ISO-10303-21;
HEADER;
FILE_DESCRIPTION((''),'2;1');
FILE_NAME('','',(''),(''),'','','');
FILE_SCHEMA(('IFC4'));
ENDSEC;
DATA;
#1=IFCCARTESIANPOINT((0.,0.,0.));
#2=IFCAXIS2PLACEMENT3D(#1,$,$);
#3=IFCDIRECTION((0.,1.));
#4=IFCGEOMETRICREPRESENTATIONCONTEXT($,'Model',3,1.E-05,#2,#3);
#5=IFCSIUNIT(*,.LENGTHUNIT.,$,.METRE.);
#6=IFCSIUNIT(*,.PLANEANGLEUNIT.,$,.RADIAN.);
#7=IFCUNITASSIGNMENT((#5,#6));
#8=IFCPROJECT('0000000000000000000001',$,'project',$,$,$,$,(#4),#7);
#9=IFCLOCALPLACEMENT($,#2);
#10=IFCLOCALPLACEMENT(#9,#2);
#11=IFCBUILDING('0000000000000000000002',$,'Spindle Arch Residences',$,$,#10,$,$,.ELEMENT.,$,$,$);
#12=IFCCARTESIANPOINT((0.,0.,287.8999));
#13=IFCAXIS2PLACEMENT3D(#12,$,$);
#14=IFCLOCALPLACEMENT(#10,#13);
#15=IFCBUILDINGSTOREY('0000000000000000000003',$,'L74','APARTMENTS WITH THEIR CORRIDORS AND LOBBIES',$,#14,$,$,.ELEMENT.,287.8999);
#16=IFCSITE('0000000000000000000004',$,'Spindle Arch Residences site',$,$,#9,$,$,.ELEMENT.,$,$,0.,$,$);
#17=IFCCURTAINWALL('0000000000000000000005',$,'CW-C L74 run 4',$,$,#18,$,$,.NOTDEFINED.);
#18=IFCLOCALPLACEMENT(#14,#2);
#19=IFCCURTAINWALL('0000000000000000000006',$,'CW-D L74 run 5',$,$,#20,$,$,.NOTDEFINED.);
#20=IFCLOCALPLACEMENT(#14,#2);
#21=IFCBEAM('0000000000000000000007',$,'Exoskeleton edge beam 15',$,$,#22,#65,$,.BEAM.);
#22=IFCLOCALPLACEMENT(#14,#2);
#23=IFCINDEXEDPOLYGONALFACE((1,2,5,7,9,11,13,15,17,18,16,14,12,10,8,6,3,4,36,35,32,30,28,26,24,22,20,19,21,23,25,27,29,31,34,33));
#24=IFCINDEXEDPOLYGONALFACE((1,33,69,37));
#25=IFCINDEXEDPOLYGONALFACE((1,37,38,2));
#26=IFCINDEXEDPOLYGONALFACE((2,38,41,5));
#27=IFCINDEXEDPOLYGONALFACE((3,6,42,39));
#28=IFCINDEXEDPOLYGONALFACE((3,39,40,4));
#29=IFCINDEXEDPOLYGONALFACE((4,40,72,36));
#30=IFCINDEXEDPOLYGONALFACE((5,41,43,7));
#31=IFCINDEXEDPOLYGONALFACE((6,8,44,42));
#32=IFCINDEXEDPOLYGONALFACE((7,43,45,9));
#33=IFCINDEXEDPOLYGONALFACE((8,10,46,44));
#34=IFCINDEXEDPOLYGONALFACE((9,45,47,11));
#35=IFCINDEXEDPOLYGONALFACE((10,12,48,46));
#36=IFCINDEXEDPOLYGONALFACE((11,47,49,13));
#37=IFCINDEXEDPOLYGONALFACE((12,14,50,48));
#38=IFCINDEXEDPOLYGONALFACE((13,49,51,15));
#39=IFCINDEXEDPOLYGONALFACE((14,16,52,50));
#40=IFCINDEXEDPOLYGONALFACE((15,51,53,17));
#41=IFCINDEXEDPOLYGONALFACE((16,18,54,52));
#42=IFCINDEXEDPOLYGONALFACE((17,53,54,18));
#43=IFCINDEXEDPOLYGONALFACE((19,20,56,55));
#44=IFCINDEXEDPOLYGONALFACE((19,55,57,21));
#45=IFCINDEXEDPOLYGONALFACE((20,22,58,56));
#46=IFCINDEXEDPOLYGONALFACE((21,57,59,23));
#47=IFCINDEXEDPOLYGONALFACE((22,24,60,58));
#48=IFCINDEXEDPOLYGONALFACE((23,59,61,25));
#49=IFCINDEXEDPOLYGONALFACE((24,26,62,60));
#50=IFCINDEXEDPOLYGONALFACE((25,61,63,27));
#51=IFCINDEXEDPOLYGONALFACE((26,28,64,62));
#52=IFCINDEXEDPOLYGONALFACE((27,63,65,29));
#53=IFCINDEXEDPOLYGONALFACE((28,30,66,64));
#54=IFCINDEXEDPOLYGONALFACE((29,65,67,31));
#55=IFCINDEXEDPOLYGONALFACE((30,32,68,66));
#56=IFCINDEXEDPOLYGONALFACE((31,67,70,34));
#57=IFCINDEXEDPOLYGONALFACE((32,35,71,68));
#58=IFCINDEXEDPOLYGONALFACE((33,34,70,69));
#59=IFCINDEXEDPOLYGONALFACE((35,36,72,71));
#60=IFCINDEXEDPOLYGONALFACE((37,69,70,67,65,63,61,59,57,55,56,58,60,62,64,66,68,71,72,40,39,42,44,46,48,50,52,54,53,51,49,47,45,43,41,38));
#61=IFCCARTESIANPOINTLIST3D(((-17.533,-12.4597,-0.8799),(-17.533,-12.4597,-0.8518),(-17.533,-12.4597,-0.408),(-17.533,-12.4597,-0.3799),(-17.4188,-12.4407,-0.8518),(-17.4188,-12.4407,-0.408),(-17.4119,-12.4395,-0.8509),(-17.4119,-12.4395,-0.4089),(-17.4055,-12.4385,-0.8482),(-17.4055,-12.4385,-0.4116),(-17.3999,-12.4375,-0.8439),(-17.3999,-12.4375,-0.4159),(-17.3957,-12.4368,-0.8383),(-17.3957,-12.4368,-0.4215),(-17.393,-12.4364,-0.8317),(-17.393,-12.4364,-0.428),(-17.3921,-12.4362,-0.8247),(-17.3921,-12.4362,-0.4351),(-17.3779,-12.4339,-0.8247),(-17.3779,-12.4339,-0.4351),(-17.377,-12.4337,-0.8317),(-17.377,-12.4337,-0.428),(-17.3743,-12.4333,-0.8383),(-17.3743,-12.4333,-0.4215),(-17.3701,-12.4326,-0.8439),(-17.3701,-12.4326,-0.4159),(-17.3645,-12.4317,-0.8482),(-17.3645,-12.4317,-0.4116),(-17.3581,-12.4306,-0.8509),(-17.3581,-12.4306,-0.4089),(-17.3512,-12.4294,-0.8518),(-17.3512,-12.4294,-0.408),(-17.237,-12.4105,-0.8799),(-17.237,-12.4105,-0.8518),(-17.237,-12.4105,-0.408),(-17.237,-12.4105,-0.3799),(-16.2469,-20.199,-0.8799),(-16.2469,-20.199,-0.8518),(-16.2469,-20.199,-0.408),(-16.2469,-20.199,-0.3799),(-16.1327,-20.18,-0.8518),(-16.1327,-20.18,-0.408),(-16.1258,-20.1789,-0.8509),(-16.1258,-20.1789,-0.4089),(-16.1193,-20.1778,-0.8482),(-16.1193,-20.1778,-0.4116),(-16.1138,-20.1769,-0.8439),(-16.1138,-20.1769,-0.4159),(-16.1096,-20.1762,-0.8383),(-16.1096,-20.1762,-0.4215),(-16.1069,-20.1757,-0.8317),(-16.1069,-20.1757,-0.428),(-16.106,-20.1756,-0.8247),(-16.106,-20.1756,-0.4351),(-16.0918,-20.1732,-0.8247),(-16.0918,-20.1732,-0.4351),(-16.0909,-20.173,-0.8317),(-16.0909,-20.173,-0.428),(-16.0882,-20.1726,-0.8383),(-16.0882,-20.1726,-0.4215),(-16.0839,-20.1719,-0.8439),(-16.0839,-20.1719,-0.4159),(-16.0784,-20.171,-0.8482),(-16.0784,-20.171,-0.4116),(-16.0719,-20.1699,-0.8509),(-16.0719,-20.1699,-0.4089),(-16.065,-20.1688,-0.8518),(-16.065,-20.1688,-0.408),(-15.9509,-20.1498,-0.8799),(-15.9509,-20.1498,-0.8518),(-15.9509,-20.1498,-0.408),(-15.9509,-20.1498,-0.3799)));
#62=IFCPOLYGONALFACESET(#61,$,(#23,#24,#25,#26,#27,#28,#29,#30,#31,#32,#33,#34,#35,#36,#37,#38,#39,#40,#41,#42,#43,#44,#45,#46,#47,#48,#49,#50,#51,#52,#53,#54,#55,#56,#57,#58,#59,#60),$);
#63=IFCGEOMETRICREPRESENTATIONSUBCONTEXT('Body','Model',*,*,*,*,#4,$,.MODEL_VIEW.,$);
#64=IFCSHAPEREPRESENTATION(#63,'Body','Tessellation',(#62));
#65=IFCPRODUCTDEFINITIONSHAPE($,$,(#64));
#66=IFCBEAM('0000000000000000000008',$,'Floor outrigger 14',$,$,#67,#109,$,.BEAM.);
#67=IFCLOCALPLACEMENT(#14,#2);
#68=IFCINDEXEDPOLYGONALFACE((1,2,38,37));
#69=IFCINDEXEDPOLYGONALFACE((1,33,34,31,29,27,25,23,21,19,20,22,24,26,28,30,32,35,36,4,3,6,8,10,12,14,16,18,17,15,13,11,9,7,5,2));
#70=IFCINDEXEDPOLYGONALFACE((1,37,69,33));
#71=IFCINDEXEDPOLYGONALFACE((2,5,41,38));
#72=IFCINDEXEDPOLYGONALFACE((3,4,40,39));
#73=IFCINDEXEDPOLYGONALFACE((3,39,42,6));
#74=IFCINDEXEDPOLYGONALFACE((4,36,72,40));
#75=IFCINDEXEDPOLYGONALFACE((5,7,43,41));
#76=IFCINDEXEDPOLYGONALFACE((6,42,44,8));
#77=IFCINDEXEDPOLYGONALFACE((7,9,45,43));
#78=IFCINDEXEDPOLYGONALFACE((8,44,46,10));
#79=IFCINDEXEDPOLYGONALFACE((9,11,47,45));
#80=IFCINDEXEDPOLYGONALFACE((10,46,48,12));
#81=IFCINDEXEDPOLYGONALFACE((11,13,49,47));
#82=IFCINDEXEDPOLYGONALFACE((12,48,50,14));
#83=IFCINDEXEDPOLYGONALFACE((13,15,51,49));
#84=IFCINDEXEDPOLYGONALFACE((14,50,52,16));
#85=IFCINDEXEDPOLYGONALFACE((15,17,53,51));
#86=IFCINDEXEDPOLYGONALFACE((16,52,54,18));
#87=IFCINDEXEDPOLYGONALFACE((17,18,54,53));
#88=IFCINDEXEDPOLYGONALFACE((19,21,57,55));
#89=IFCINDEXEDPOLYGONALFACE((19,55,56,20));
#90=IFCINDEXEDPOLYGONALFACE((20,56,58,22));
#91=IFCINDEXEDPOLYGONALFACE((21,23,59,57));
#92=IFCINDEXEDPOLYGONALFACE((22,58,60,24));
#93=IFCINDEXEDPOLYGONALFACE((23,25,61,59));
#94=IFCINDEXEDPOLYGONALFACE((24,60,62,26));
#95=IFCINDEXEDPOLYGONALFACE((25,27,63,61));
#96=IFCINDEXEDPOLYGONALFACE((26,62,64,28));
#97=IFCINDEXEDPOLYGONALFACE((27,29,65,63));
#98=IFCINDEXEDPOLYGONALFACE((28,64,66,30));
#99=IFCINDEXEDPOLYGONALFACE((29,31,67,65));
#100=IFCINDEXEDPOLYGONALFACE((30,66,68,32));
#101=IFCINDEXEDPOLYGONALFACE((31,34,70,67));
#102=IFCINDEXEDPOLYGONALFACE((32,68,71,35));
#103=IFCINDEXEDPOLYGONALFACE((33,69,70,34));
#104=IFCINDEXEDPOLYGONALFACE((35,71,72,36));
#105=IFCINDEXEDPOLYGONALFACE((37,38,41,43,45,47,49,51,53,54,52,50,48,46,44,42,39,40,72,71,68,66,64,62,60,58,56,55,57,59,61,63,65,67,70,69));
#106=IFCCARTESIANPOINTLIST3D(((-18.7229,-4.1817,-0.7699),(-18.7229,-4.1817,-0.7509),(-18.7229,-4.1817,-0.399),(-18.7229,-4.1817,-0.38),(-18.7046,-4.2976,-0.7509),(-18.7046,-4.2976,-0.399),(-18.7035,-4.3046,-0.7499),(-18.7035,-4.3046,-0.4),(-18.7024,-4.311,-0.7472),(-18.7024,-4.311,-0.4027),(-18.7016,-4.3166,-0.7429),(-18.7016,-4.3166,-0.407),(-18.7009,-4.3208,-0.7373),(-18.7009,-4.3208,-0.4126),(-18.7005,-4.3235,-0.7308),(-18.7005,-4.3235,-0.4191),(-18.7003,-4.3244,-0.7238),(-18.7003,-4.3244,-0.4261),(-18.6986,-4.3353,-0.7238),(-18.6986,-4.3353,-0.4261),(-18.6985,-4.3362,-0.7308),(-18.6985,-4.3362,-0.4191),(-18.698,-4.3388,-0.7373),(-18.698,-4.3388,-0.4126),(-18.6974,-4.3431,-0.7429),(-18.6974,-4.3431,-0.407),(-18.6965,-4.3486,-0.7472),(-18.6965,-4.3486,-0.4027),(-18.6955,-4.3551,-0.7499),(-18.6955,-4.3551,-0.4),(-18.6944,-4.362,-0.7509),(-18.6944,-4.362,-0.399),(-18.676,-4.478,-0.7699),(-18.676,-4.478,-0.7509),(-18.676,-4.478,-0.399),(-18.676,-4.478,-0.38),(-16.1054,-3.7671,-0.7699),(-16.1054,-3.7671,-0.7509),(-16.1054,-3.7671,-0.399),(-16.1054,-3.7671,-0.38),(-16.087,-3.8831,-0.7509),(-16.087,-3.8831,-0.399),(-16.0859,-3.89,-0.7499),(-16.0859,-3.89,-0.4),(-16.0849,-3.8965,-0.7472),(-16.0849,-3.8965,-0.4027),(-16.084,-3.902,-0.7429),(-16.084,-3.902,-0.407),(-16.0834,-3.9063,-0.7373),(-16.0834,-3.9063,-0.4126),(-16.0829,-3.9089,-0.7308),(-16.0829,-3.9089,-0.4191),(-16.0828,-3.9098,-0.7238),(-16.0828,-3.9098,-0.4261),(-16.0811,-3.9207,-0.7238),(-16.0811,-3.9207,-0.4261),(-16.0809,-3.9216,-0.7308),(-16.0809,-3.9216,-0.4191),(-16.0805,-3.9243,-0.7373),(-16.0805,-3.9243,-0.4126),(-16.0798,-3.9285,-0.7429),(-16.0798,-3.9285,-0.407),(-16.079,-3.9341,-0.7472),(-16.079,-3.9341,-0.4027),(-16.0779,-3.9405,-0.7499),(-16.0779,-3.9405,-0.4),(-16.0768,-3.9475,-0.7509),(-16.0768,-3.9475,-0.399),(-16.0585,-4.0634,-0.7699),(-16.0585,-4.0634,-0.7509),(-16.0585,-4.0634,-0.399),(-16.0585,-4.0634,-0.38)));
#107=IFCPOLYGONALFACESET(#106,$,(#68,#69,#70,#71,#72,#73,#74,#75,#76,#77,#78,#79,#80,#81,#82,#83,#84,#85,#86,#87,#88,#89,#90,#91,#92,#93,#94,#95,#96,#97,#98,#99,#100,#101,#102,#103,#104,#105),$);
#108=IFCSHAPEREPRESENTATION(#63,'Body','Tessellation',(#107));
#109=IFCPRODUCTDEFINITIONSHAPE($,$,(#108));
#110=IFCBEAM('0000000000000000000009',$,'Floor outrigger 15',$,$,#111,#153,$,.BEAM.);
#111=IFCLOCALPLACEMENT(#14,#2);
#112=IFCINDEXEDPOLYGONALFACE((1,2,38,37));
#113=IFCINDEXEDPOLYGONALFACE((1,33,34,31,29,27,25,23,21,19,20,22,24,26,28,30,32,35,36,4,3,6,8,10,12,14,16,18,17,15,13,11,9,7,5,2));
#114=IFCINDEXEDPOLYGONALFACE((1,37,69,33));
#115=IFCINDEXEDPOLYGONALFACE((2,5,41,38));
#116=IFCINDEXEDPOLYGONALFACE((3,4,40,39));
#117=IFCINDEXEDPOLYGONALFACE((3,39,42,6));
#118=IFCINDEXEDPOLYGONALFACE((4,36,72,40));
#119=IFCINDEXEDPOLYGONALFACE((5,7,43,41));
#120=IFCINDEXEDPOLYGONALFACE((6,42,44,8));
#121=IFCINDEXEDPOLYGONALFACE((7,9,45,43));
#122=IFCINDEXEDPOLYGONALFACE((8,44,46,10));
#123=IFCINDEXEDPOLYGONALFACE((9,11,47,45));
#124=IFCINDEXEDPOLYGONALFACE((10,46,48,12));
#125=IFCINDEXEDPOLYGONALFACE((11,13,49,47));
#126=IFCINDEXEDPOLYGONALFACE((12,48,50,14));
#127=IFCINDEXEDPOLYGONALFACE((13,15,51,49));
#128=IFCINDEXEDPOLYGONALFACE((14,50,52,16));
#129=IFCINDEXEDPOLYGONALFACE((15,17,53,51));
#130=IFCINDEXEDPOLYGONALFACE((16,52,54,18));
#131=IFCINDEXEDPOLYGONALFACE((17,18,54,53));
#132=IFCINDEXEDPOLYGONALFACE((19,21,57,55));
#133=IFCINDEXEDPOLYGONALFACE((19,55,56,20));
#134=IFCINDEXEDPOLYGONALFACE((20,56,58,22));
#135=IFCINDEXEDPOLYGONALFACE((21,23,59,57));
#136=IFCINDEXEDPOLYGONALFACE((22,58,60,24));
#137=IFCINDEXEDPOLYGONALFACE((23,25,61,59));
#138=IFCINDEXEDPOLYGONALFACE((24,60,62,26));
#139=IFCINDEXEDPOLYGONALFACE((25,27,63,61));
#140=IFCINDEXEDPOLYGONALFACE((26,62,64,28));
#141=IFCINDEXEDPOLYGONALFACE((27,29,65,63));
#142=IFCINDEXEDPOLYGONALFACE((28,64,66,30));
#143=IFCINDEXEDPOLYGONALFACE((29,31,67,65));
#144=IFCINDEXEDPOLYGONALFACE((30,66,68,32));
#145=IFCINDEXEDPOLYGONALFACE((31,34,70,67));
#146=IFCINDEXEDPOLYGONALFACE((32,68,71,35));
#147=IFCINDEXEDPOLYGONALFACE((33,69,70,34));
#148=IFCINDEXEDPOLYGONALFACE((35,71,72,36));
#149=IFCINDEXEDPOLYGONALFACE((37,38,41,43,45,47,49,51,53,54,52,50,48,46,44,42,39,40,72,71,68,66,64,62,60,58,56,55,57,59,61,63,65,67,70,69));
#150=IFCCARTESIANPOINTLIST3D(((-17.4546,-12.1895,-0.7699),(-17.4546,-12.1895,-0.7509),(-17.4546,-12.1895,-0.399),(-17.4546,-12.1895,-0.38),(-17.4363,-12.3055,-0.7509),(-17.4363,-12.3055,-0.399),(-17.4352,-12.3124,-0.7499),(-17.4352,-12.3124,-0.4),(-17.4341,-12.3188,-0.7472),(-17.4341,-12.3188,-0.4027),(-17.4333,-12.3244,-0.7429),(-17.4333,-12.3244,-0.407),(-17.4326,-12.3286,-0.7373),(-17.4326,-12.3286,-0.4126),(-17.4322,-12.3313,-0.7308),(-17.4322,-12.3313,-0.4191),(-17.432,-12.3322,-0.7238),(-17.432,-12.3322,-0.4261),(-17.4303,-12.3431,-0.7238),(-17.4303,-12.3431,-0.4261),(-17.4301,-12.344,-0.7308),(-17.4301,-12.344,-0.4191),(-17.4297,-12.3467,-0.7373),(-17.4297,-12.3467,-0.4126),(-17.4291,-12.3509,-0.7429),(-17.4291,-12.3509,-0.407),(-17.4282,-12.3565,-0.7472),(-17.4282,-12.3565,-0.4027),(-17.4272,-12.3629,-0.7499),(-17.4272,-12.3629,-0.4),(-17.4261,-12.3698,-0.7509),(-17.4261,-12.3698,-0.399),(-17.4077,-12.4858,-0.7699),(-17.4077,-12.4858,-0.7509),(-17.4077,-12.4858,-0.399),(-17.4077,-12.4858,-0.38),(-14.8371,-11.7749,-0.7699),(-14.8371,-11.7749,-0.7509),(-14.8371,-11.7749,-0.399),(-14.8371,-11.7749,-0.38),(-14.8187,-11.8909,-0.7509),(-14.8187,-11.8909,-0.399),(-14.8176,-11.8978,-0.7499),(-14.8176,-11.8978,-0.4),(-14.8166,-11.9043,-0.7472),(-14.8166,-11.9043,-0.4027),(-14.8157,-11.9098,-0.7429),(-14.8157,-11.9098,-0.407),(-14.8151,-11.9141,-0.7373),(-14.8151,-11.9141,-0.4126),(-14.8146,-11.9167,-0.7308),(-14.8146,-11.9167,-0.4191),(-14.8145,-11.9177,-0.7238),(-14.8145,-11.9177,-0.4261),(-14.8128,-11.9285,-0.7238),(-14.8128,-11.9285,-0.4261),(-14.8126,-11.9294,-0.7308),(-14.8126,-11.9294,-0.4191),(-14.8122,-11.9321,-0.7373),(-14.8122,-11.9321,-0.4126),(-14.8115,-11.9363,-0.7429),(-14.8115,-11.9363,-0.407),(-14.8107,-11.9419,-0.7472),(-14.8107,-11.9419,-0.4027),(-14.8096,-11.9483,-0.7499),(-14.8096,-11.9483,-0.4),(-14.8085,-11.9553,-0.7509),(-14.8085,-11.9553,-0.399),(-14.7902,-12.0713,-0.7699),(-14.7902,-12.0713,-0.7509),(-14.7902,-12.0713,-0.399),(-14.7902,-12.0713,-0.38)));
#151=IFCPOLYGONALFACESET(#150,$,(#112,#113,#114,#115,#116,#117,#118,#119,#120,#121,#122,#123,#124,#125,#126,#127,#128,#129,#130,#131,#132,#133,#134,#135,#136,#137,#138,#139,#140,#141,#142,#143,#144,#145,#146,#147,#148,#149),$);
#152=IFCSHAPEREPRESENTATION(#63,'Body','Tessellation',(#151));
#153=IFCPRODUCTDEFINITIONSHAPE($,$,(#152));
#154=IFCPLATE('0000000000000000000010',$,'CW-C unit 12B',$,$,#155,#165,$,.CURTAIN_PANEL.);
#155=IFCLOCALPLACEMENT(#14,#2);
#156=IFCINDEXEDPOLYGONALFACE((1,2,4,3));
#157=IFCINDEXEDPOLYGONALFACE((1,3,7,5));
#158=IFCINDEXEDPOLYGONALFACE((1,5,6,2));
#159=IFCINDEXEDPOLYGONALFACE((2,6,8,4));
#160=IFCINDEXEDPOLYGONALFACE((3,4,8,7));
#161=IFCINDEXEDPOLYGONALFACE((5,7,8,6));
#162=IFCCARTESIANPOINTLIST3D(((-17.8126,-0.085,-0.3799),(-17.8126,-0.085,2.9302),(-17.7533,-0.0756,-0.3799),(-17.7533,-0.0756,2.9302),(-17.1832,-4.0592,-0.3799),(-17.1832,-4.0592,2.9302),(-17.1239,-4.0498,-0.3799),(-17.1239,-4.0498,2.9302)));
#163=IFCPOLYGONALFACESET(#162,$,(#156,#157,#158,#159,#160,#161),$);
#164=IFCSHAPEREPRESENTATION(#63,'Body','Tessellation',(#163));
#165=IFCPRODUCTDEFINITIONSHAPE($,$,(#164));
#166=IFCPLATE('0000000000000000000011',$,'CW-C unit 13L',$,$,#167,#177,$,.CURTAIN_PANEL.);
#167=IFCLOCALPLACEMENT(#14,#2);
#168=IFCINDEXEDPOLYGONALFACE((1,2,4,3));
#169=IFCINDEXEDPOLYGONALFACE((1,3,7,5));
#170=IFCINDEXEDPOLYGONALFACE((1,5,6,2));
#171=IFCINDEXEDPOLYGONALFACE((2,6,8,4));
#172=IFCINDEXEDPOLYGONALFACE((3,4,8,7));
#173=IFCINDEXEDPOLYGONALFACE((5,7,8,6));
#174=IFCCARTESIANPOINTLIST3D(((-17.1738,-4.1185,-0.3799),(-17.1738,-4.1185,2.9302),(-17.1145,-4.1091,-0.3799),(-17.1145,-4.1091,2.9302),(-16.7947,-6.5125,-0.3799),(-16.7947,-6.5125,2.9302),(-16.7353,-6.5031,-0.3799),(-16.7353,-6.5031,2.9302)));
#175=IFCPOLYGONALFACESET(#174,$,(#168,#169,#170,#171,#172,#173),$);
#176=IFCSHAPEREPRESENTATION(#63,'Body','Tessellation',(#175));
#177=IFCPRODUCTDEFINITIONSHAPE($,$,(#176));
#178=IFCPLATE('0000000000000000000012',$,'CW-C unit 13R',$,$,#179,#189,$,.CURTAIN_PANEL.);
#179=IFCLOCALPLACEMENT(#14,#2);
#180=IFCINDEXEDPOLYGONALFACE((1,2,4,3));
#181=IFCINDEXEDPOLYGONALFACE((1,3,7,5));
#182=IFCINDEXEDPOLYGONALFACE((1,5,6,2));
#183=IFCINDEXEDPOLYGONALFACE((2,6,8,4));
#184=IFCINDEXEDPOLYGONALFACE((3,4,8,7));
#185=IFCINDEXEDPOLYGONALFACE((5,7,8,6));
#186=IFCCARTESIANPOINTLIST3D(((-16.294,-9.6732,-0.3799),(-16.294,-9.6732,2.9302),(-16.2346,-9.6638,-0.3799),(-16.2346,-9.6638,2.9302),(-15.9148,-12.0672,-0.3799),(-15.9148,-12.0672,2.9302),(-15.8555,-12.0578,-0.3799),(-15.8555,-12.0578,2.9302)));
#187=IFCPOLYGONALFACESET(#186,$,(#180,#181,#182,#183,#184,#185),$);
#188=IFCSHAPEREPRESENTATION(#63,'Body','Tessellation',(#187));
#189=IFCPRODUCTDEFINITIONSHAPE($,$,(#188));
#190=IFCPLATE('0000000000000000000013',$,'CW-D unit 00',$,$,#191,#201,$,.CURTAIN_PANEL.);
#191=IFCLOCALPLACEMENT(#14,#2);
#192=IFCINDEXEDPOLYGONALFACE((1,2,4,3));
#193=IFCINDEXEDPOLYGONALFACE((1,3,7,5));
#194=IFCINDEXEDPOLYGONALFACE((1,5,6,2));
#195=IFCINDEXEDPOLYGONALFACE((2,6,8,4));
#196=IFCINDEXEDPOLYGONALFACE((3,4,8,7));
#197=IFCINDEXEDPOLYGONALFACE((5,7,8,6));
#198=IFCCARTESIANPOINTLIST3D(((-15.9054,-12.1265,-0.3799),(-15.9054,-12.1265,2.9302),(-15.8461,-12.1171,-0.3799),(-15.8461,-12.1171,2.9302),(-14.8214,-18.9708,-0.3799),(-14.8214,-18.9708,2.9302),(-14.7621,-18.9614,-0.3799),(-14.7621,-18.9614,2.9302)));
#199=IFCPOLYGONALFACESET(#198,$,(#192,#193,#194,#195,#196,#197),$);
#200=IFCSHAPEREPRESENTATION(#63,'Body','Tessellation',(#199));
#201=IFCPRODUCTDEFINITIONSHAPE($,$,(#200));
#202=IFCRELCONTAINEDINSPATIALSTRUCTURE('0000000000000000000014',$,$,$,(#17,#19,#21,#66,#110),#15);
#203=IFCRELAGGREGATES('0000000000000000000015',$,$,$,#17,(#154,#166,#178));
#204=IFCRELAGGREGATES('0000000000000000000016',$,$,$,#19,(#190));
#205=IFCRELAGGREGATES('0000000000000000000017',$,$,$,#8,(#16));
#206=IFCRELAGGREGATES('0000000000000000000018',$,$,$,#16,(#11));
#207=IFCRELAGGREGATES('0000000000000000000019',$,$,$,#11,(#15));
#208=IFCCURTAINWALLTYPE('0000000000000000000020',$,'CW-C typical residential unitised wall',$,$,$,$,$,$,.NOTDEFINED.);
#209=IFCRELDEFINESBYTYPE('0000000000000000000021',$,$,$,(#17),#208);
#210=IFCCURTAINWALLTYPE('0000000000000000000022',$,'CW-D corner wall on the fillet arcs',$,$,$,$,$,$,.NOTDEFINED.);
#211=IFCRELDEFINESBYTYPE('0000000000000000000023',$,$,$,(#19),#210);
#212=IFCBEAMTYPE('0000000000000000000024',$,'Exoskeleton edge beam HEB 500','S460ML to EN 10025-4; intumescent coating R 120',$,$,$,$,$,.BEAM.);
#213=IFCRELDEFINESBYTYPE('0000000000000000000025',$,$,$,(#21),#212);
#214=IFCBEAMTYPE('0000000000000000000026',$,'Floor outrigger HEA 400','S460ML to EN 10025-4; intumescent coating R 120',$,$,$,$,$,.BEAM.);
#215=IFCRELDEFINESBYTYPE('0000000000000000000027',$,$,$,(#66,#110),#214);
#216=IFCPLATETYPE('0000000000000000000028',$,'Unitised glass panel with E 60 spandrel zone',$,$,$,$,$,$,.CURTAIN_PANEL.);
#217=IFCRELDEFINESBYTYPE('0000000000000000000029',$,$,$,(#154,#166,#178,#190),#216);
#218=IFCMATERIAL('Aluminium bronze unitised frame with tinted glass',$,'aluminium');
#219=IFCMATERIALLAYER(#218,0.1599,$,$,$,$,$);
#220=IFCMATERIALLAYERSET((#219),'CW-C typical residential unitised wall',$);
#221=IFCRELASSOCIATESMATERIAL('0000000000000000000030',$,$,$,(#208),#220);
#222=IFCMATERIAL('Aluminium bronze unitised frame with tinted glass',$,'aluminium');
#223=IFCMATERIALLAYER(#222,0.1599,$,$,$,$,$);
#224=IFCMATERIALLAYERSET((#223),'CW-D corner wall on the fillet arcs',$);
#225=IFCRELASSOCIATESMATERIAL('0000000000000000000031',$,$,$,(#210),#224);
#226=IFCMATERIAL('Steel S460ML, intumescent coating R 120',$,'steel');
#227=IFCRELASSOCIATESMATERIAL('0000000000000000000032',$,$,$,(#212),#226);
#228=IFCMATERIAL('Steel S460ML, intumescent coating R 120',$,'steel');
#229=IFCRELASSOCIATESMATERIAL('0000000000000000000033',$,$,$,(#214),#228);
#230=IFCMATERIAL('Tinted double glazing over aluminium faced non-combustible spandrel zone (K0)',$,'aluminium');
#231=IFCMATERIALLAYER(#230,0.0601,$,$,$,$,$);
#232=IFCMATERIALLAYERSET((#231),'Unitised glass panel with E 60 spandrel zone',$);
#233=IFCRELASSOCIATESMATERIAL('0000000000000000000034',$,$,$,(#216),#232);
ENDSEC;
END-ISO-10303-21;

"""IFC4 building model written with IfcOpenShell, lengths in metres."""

from ifc_helpers import new_model, si_unit, direction, frame, origin, origin_2d, place, context, subcontext, project, spatial, rectangle, i_section, extrude, material, layer, layer_set, material_profile, profile_set, type_object, element, aggregate, save


model = new_model("IFC4")

# Units and contexts
model_context = context("Model", 3, precision=1e-05, world=origin(), true_north=direction((0.0, 1.0)))
body_context = subcontext(model_context, "Body", "Model", "MODEL_VIEW")
ifc_project = project(units=[si_unit("LENGTHUNIT", "METRE"), si_unit("PLANEANGLEUNIT", "RADIAN")], contexts=[model_context])

# Site, building, storey
site_placement = place(None, origin())
site = spatial("IfcSite", under=ifc_project, at=site_placement, Name="Spindle Arch Residences site", CompositionType="ELEMENT", RefElevation=0.0)
building_placement = place(site_placement, origin())
building = spatial("IfcBuilding", under=site, at=building_placement, Name="Spindle Arch Residences", CompositionType="ELEMENT")
storey_placement = place(building_placement, frame((0.0, 0.0, 287.8999)))
storey = spatial("IfcBuildingStorey", under=building, at=storey_placement, Name="L74", Description="APARTMENTS WITH THEIR CORRIDORS AND LOBBIES", CompositionType="ELEMENT", Elevation=287.8999)

# Curtain wall
ifc_material_1 = material(Name="Aluminium bronze unitised frame with tinted glass", Category="aluminium")
ifc_layer_1 = layer(ifc_material_1, 0.1599)
ifc_layer_set_1 = layer_set([ifc_layer_1], Name="CW-C typical residential unitised wall")
curtain_wall_type_1 = type_object("IfcCurtainWallType", Name="CW-C typical residential unitised wall", PredefinedType="NOTDEFINED", material=ifc_layer_set_1)
curtain_wall_1_placement = place(storey_placement, origin())
curtain_wall_1 = element("IfcCurtainWall", 1, at=curtain_wall_1_placement, inside=storey, type_object=curtain_wall_type_1, Name="CW-C L74 run 4", PredefinedType="NOTDEFINED")

# Curtain wall
ifc_material_2 = material(Name="Aluminium bronze unitised frame with tinted glass", Category="aluminium")
ifc_layer_2 = layer(ifc_material_2, 0.1599)
ifc_layer_set_2 = layer_set([ifc_layer_2], Name="CW-D corner wall on the fillet arcs")
curtain_wall_type_2 = type_object("IfcCurtainWallType", Name="CW-D corner wall on the fillet arcs", PredefinedType="NOTDEFINED", material=ifc_layer_set_2)
curtain_wall_2_placement = place(storey_placement, origin())
curtain_wall_2 = element("IfcCurtainWall", 2, at=curtain_wall_2_placement, inside=storey, type_object=curtain_wall_type_2, Name="CW-D L74 run 5", PredefinedType="NOTDEFINED")

# Beams
ifc_material_3 = material(Name="Steel S460ML, intumescent coating R 120", Category="steel")
ifc_material_profile_1 = material_profile(ifc_material_3, i_section(OverallWidth=0.3, OverallDepth=0.5, WebThickness=0.0144, FlangeThickness=0.0281, FilletRadius=0.0271, at=origin_2d()), Name="HEB 500")
ifc_profile_set_1 = profile_set([ifc_material_profile_1], Name="Steel S460ML, intumescent coating R 120")
beam_type_1 = type_object("IfcBeamType", Name="Exoskeleton edge beam HEB 500", Description="S460ML to EN 10025-4; intumescent coating R 120", PredefinedType="BEAM", material=ifc_profile_set_1)
beam_1_placement = place(storey_placement, frame((-17.385, -12.4351, -0.6299), z_axis=(0.163935, -0.986471, 0.0), x_axis=(0.986471, 0.163935, 0.0)))
element("IfcBeam", 3, at=beam_1_placement, inside=storey, type_object=beam_type_1, Name="Exoskeleton edge beam 15", PredefinedType="BEAM", context=body_context, shape_type="SweptSolid", body=[
    extrude(i_section(OverallWidth=0.3, OverallDepth=0.5, WebThickness=0.0144, FlangeThickness=0.0281, FilletRadius=0.0271, at=origin_2d()), origin(), (0.0, 0.0, 1.0), 7.8455),
])
ifc_material_4 = material(Name="Steel S460ML, intumescent coating R 120", Category="steel")
ifc_material_profile_2 = material_profile(ifc_material_4, i_section(OverallWidth=0.3, OverallDepth=0.3899, WebThickness=0.011, FlangeThickness=0.019, FilletRadius=0.0271, at=origin_2d()), Name="HEA 400")
ifc_profile_set_2 = profile_set([ifc_material_profile_2], Name="Steel S460ML, intumescent coating R 120")
beam_type_2 = type_object("IfcBeamType", Name="Floor outrigger HEA 400", Description="S460ML to EN 10025-4; intumescent coating R 120", PredefinedType="BEAM", material=ifc_profile_set_2)
for number, where, z_axis, x_axis, name in (
    (4, (-18.6995, -4.3298, -0.575), (0.987689, 0.156431, 0.0), (-0.156431, 0.987689, 0.0), "Floor outrigger 14"),
    (5, (-17.4312, -12.3376, -0.575), (0.987689, 0.156431, 0.0), (-0.156431, 0.987689, 0.0), "Floor outrigger 15"),
):
    element("IfcBeam", number, at=place(storey_placement, frame(where, z_axis=z_axis, x_axis=x_axis)), inside=storey, type_object=beam_type_2, Name=name, PredefinedType="BEAM", context=body_context, shape_type="SweptSolid", body=[
        extrude(i_section(OverallWidth=0.3, OverallDepth=0.3899, WebThickness=0.011, FlangeThickness=0.019, FilletRadius=0.0271, at=origin_2d()), origin(), (0.0, 0.0, 1.0), 2.6501),
    ])

# Plates
ifc_material_5 = material(Name="Tinted double glazing over aluminium faced non-combustible spandrel zone (K0)", Category="aluminium")
ifc_layer_3 = layer(ifc_material_5, 0.0601)
ifc_layer_set_3 = layer_set([ifc_layer_3], Name="Unitised glass panel with E 60 spandrel zone")
plate_type = type_object("IfcPlateType", Name="Unitised glass panel with E 60 spandrel zone", PredefinedType="CURTAIN_PANEL", material=ifc_layer_set_3)
plate_1_placement = place(storey_placement, frame((-17.4683, -2.0674, -0.3799), z_axis=(0.0, 0.0, 1.0), x_axis=(0.156434, -0.987688, 0.0)))
plate_1 = element("IfcPlate", 6, at=plate_1_placement, type_object=plate_type, Name="CW-C unit 12B", PredefinedType="CURTAIN_PANEL", context=body_context, shape_type="SweptSolid", body=[
    extrude(rectangle(XDim=4.0237, YDim=0.0601, at=origin_2d()), origin(), (0.0, 0.0, 1.0), 3.3101),
])
plate_2_placement = place(storey_placement, frame((-16.9546, -5.3108, -0.3799), z_axis=(0.0, 0.0, 1.0), x_axis=(0.156434, -0.987688, 0.0)))
plate_2 = element("IfcPlate", 7, at=plate_2_placement, type_object=plate_type, Name="CW-C unit 13L", PredefinedType="CURTAIN_PANEL", context=body_context, shape_type="SweptSolid", body=[
    extrude(rectangle(XDim=2.4238, YDim=0.0601, at=origin_2d()), origin(), (0.0, 0.0, 1.0), 3.3101),
])
plate_3_placement = place(storey_placement, frame((-16.0747, -10.8655, -0.3799), z_axis=(0.0, 0.0, 1.0), x_axis=(0.156434, -0.987688, 0.0)))
plate_3 = element("IfcPlate", 8, at=plate_3_placement, type_object=plate_type, Name="CW-C unit 13R", PredefinedType="CURTAIN_PANEL", context=body_context, shape_type="SweptSolid", body=[
    extrude(rectangle(XDim=2.4238, YDim=0.0601, at=origin_2d()), origin(), (0.0, 0.0, 1.0), 3.3101),
])
aggregate(curtain_wall_1, [plate_1, plate_2, plate_3])
plate_4_placement = place(storey_placement, frame((-15.3337, -15.5439, -0.3799), z_axis=(0.0, 0.0, 1.0), x_axis=(0.156434, -0.987688, 0.0)))
plate_4 = element("IfcPlate", 9, at=plate_4_placement, type_object=plate_type, Name="CW-D unit 00", PredefinedType="CURTAIN_PANEL", context=body_context, shape_type="SweptSolid", body=[
    extrude(rectangle(XDim=6.9297, YDim=0.0601, at=origin_2d()), origin(), (0.0, 0.0, 1.0), 3.3101),
])
aggregate(curtain_wall_2, [plate_4])

save(model, "model.ifc")
